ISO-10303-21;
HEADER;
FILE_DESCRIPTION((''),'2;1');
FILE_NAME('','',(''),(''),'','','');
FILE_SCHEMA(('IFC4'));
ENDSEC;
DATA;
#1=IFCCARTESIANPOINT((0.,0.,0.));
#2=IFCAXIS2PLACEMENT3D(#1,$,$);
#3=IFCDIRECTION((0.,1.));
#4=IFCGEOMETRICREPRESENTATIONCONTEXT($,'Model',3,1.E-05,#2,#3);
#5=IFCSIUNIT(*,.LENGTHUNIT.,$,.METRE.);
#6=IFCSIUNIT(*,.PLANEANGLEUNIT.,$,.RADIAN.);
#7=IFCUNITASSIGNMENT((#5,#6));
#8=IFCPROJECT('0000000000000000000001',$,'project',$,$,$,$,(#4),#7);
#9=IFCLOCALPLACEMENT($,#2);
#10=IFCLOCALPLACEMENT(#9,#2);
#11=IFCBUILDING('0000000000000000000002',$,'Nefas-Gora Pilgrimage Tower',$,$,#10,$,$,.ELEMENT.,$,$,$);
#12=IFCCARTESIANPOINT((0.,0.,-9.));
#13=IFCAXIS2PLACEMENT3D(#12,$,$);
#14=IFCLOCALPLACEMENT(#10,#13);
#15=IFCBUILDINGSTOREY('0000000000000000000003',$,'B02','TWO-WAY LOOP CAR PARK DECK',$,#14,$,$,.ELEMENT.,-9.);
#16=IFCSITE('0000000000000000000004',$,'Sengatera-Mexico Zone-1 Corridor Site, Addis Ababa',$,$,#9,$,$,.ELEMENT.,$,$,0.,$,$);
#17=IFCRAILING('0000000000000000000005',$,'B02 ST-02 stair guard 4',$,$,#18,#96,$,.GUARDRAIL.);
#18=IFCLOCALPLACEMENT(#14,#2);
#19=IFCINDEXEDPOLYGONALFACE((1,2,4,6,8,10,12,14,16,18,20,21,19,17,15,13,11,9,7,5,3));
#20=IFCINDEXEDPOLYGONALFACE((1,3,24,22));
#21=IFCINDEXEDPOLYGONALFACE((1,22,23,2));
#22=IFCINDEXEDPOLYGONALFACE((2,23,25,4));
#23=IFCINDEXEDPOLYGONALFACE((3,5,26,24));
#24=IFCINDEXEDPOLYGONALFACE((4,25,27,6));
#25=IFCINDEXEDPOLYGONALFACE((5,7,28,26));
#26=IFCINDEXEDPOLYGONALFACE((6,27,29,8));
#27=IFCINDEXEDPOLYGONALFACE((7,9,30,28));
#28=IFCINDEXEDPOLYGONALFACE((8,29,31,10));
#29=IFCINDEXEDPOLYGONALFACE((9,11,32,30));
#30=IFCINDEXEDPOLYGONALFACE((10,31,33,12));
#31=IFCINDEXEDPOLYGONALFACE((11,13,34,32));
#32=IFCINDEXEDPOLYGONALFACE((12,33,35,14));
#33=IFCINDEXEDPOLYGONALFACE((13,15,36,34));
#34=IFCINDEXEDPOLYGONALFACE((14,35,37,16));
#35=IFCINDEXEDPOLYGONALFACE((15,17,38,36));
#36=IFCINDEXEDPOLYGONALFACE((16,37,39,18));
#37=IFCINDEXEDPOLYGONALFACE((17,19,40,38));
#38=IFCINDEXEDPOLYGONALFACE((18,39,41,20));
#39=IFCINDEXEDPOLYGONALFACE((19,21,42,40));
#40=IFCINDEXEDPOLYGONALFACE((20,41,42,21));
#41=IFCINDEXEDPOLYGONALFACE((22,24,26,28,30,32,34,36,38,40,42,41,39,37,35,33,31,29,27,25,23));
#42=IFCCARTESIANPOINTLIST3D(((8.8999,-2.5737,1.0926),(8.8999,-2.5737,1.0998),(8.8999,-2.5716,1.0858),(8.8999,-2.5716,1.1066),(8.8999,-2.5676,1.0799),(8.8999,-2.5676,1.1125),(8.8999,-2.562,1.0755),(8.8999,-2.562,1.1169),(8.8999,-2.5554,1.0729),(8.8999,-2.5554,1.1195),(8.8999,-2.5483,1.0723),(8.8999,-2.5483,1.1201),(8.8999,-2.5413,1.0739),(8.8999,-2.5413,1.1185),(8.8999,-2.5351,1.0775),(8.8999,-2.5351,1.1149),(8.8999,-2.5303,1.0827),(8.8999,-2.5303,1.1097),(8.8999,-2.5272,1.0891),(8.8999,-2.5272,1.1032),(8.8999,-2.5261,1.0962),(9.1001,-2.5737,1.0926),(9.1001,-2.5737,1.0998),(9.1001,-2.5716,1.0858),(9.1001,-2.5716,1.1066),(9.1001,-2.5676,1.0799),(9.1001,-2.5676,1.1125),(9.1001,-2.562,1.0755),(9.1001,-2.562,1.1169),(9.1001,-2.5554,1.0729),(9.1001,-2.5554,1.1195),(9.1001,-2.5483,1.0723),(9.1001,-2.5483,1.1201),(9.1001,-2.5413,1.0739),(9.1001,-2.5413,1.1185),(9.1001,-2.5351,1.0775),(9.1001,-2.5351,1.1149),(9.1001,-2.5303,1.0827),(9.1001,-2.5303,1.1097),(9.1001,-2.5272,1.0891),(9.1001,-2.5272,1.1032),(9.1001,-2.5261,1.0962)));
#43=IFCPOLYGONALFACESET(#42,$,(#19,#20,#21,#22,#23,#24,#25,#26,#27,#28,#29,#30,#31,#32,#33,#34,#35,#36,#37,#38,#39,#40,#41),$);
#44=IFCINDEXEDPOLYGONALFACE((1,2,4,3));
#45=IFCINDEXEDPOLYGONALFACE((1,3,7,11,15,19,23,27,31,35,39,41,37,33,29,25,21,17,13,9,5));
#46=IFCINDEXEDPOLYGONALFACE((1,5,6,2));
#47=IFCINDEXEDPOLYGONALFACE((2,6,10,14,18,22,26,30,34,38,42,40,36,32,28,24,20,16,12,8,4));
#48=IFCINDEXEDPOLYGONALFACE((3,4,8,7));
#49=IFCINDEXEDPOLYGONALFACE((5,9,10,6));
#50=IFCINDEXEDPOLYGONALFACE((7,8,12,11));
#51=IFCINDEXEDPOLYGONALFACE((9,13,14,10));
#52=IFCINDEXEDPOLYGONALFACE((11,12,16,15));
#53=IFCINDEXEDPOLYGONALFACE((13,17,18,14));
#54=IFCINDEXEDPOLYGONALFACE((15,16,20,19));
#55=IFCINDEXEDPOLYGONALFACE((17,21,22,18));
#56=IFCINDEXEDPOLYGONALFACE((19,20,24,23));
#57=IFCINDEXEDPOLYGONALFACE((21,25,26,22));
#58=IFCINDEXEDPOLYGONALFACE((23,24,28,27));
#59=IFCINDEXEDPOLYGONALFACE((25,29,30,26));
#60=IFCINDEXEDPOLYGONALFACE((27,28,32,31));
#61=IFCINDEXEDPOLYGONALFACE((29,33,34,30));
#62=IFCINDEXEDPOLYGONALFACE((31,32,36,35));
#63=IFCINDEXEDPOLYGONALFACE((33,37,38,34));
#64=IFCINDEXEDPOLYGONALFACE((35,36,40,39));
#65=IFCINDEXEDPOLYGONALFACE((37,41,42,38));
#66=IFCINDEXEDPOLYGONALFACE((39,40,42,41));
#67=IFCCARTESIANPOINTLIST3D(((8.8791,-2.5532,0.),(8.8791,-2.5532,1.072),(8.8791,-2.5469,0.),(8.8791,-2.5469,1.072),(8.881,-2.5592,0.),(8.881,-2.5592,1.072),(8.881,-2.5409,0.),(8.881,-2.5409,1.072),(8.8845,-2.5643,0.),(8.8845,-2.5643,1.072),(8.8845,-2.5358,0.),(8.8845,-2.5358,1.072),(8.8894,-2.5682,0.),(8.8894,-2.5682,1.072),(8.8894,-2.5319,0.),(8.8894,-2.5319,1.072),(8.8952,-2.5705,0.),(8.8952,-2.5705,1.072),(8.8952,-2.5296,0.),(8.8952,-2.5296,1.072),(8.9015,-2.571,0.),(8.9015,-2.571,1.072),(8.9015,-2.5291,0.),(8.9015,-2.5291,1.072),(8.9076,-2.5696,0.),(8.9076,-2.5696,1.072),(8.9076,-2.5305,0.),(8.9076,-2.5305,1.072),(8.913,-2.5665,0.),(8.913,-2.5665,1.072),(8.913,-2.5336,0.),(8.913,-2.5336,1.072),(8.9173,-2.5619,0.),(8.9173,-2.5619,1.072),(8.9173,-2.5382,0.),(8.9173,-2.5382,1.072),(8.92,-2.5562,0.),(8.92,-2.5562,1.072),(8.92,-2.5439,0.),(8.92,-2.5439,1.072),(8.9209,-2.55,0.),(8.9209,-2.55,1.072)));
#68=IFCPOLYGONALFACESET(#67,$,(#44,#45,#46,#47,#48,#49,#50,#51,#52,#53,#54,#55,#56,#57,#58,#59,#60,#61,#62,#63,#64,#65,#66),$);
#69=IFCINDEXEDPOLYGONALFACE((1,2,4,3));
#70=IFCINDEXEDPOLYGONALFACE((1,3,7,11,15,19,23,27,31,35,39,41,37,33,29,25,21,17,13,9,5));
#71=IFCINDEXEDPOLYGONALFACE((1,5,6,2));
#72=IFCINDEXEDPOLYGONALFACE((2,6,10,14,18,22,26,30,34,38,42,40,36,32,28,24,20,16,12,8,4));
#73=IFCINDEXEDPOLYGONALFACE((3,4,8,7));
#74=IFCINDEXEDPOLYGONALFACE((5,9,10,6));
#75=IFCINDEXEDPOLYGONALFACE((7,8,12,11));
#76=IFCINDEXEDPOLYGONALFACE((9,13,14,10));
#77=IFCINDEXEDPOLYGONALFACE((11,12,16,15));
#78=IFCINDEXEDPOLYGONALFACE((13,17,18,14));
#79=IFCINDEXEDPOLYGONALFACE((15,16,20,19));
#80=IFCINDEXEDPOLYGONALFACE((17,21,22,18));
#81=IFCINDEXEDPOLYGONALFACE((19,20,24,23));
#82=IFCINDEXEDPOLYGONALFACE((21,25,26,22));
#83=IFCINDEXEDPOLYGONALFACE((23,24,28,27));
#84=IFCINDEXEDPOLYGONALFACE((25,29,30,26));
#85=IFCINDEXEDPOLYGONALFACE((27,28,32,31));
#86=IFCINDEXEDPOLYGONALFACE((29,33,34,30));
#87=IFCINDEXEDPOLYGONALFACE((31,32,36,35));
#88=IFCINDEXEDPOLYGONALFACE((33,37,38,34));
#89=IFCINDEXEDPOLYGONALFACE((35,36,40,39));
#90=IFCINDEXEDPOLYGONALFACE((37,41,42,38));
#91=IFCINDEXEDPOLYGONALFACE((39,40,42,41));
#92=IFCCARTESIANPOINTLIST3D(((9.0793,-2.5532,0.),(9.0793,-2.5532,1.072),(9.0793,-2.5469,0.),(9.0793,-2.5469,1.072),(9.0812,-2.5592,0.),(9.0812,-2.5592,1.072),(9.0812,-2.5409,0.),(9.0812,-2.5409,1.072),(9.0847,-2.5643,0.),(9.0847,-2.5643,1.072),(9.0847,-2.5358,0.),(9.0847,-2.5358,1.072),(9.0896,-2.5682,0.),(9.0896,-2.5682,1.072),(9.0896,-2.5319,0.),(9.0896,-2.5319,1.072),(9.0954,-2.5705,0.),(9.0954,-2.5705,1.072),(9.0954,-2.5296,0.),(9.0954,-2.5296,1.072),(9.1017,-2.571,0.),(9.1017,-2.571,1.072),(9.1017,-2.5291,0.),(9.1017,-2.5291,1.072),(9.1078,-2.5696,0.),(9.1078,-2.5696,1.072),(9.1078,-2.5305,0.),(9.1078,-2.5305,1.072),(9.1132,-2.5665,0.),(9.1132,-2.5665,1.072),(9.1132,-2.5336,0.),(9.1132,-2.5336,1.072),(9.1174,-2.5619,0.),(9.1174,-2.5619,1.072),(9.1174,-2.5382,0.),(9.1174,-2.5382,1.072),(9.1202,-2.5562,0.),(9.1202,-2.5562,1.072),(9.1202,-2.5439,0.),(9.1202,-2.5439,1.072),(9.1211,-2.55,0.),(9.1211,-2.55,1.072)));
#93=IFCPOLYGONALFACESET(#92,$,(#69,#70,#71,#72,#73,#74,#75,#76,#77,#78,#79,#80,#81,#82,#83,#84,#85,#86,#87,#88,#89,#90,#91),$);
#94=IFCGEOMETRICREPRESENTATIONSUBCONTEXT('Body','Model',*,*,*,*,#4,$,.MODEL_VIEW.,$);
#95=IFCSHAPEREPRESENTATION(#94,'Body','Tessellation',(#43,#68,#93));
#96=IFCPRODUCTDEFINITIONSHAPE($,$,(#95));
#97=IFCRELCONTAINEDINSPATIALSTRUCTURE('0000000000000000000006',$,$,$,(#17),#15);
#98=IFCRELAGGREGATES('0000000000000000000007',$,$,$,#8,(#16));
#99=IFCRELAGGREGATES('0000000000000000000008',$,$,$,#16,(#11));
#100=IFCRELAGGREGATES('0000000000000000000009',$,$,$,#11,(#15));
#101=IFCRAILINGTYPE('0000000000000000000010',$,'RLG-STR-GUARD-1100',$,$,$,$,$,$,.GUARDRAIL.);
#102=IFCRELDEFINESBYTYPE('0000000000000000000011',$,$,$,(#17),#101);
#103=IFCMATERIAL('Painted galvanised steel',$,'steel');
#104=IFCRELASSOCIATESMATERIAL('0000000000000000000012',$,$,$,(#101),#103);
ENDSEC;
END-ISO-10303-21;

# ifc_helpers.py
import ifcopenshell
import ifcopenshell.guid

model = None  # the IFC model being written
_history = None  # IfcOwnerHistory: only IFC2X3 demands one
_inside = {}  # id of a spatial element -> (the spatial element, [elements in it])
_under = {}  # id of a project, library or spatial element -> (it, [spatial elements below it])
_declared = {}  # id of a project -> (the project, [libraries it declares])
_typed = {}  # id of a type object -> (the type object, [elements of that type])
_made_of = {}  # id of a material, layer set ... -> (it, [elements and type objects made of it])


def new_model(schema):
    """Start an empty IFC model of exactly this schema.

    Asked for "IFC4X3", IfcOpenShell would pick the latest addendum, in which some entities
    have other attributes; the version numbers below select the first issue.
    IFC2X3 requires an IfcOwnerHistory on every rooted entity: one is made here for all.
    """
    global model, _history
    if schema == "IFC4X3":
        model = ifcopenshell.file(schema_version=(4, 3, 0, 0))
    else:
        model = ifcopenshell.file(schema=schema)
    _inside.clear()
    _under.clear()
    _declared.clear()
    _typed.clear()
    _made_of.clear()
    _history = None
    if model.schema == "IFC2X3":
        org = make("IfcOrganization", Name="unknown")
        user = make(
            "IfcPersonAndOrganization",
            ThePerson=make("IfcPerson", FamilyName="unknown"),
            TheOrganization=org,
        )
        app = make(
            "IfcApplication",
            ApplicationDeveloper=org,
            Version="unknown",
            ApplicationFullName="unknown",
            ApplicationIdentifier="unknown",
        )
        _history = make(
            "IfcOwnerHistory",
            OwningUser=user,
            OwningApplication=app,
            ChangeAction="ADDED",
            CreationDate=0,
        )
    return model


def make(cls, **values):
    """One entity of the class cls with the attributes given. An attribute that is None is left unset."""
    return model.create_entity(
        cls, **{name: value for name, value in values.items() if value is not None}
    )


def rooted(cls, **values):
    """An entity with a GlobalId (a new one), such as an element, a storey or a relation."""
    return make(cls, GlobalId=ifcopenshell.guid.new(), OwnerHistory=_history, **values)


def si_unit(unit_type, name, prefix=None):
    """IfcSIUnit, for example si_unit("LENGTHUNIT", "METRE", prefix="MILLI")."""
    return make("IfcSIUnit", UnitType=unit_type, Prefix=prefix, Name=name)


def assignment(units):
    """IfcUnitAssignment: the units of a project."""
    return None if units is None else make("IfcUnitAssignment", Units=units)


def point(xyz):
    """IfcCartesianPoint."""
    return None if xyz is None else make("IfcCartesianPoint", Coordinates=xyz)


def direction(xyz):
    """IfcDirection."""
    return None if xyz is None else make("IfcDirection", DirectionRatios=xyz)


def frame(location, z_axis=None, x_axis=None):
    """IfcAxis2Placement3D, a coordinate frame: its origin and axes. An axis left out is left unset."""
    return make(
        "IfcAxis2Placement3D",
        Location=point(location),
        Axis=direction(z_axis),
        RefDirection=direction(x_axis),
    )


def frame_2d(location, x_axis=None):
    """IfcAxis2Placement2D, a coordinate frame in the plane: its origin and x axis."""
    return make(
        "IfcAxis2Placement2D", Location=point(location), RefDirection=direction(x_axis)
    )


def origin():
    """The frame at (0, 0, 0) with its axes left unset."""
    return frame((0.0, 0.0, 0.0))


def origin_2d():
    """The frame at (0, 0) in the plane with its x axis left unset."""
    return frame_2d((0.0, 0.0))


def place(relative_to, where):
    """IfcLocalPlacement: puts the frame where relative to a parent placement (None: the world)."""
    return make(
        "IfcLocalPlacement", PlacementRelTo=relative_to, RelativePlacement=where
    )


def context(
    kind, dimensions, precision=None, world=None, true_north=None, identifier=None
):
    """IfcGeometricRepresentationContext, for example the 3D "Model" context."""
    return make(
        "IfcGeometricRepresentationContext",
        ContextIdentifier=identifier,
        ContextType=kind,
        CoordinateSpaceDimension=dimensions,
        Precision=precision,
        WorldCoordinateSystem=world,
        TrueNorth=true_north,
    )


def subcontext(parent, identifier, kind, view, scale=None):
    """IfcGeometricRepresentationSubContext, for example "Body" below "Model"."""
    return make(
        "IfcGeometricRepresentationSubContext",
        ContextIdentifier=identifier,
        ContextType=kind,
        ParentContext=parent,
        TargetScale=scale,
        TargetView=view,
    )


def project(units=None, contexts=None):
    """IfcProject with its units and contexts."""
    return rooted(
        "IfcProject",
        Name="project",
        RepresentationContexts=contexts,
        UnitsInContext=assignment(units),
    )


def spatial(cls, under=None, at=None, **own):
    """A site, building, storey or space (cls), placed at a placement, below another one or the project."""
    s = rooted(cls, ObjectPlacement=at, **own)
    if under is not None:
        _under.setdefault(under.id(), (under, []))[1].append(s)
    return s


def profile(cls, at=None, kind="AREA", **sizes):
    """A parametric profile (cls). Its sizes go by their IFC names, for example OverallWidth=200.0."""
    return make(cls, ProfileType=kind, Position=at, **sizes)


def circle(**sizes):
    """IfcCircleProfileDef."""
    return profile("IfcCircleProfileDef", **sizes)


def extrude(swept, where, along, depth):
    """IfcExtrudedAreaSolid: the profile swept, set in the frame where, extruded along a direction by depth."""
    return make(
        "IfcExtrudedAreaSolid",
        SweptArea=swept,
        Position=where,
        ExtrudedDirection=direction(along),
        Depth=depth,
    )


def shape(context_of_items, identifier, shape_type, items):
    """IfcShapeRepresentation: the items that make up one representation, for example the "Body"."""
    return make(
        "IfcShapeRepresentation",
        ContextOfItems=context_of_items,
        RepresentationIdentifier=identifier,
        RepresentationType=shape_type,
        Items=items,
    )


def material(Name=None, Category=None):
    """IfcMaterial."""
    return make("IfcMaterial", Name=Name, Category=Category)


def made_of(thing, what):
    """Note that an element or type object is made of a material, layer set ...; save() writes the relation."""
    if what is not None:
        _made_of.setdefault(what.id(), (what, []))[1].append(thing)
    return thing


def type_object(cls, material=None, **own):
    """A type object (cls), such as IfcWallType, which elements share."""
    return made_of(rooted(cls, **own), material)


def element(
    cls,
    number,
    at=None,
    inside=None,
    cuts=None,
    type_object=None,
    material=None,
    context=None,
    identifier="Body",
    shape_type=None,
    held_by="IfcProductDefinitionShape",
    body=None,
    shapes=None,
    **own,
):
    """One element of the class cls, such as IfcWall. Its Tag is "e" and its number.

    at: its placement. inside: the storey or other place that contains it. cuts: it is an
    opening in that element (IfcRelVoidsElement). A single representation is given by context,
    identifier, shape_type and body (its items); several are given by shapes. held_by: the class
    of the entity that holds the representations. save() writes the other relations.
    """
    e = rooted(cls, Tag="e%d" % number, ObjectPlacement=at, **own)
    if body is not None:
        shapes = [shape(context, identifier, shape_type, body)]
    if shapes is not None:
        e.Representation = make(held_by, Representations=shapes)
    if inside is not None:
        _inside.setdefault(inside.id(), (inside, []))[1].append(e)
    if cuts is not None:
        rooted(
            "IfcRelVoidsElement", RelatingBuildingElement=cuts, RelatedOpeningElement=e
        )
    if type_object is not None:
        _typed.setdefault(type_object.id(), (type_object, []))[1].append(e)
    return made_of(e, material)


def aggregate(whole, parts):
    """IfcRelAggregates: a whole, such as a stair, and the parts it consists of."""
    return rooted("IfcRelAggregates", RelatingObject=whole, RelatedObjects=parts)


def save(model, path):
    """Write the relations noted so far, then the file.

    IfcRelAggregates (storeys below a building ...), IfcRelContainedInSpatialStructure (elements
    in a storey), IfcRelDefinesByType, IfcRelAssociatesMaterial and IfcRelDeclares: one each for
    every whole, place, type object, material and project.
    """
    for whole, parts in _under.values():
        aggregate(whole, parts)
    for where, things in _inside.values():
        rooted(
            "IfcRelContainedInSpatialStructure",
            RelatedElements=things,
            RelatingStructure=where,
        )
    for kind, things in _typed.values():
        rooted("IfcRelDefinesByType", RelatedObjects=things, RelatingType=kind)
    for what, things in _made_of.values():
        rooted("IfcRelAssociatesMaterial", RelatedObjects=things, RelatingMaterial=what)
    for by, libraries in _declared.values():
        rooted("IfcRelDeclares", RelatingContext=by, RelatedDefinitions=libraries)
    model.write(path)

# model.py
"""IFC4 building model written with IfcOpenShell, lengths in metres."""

from ifc_helpers import new_model, si_unit, direction, frame, origin, origin_2d, place, context, subcontext, project, spatial, circle, extrude, material, type_object, element, save


model = new_model("IFC4")

# Units and contexts
model_context = context("Model", 3, precision=1e-05, world=origin(), true_north=direction((0.0, 1.0)))
body_context = subcontext(model_context, "Body", "Model", "MODEL_VIEW")
ifc_project = project(units=[si_unit("LENGTHUNIT", "METRE"), si_unit("PLANEANGLEUNIT", "RADIAN")], contexts=[model_context])

# Site, building, storey
site_placement = place(None, origin())
site = spatial("IfcSite", under=ifc_project, at=site_placement, Name="Sengatera-Mexico Zone-1 Corridor Site, Addis Ababa", CompositionType="ELEMENT", RefElevation=0.0)
building_placement = place(site_placement, origin())
building = spatial("IfcBuilding", under=site, at=building_placement, Name="Nefas-Gora Pilgrimage Tower", CompositionType="ELEMENT")
storey_placement = place(building_placement, frame((0.0, 0.0, -9.0)))
storey = spatial("IfcBuildingStorey", under=building, at=storey_placement, Name="B02", Description="TWO-WAY LOOP CAR PARK DECK", CompositionType="ELEMENT", Elevation=-9.0)

# Railing
ifc_material_1 = material(Name="Painted galvanised steel", Category="steel")
railing_type_1 = type_object("IfcRailingType", Name="RLG-STR-GUARD-1100", PredefinedType="GUARDRAIL", material=ifc_material_1)
railing_1_placement = place(storey_placement, frame((8.8999, -2.55, 0.0)))
element("IfcRailing", 1, at=railing_1_placement, inside=storey, type_object=railing_type_1, Name="B02 ST-02 stair guard 4", PredefinedType="GUARDRAIL", context=body_context, shape_type="SweptSolid", body=[
    extrude(circle(Radius=0.0239, at=origin_2d()), frame((0.0, 0.0, 1.0962), z_axis=(1.0, 0.0, 0.0), x_axis=(0.0, 1.0, 0.0)), (0.0, 0.0, 1.0), 0.2002),
    extrude(circle(Radius=0.021, at=origin_2d()), origin(), (0.0, 0.0, 1.0), 1.072),
    extrude(circle(Radius=0.021, at=origin_2d()), frame((0.2002, 0.0, 0.0)), (0.0, 0.0, 1.0), 1.072),
])

save(model, "model.ifc")
